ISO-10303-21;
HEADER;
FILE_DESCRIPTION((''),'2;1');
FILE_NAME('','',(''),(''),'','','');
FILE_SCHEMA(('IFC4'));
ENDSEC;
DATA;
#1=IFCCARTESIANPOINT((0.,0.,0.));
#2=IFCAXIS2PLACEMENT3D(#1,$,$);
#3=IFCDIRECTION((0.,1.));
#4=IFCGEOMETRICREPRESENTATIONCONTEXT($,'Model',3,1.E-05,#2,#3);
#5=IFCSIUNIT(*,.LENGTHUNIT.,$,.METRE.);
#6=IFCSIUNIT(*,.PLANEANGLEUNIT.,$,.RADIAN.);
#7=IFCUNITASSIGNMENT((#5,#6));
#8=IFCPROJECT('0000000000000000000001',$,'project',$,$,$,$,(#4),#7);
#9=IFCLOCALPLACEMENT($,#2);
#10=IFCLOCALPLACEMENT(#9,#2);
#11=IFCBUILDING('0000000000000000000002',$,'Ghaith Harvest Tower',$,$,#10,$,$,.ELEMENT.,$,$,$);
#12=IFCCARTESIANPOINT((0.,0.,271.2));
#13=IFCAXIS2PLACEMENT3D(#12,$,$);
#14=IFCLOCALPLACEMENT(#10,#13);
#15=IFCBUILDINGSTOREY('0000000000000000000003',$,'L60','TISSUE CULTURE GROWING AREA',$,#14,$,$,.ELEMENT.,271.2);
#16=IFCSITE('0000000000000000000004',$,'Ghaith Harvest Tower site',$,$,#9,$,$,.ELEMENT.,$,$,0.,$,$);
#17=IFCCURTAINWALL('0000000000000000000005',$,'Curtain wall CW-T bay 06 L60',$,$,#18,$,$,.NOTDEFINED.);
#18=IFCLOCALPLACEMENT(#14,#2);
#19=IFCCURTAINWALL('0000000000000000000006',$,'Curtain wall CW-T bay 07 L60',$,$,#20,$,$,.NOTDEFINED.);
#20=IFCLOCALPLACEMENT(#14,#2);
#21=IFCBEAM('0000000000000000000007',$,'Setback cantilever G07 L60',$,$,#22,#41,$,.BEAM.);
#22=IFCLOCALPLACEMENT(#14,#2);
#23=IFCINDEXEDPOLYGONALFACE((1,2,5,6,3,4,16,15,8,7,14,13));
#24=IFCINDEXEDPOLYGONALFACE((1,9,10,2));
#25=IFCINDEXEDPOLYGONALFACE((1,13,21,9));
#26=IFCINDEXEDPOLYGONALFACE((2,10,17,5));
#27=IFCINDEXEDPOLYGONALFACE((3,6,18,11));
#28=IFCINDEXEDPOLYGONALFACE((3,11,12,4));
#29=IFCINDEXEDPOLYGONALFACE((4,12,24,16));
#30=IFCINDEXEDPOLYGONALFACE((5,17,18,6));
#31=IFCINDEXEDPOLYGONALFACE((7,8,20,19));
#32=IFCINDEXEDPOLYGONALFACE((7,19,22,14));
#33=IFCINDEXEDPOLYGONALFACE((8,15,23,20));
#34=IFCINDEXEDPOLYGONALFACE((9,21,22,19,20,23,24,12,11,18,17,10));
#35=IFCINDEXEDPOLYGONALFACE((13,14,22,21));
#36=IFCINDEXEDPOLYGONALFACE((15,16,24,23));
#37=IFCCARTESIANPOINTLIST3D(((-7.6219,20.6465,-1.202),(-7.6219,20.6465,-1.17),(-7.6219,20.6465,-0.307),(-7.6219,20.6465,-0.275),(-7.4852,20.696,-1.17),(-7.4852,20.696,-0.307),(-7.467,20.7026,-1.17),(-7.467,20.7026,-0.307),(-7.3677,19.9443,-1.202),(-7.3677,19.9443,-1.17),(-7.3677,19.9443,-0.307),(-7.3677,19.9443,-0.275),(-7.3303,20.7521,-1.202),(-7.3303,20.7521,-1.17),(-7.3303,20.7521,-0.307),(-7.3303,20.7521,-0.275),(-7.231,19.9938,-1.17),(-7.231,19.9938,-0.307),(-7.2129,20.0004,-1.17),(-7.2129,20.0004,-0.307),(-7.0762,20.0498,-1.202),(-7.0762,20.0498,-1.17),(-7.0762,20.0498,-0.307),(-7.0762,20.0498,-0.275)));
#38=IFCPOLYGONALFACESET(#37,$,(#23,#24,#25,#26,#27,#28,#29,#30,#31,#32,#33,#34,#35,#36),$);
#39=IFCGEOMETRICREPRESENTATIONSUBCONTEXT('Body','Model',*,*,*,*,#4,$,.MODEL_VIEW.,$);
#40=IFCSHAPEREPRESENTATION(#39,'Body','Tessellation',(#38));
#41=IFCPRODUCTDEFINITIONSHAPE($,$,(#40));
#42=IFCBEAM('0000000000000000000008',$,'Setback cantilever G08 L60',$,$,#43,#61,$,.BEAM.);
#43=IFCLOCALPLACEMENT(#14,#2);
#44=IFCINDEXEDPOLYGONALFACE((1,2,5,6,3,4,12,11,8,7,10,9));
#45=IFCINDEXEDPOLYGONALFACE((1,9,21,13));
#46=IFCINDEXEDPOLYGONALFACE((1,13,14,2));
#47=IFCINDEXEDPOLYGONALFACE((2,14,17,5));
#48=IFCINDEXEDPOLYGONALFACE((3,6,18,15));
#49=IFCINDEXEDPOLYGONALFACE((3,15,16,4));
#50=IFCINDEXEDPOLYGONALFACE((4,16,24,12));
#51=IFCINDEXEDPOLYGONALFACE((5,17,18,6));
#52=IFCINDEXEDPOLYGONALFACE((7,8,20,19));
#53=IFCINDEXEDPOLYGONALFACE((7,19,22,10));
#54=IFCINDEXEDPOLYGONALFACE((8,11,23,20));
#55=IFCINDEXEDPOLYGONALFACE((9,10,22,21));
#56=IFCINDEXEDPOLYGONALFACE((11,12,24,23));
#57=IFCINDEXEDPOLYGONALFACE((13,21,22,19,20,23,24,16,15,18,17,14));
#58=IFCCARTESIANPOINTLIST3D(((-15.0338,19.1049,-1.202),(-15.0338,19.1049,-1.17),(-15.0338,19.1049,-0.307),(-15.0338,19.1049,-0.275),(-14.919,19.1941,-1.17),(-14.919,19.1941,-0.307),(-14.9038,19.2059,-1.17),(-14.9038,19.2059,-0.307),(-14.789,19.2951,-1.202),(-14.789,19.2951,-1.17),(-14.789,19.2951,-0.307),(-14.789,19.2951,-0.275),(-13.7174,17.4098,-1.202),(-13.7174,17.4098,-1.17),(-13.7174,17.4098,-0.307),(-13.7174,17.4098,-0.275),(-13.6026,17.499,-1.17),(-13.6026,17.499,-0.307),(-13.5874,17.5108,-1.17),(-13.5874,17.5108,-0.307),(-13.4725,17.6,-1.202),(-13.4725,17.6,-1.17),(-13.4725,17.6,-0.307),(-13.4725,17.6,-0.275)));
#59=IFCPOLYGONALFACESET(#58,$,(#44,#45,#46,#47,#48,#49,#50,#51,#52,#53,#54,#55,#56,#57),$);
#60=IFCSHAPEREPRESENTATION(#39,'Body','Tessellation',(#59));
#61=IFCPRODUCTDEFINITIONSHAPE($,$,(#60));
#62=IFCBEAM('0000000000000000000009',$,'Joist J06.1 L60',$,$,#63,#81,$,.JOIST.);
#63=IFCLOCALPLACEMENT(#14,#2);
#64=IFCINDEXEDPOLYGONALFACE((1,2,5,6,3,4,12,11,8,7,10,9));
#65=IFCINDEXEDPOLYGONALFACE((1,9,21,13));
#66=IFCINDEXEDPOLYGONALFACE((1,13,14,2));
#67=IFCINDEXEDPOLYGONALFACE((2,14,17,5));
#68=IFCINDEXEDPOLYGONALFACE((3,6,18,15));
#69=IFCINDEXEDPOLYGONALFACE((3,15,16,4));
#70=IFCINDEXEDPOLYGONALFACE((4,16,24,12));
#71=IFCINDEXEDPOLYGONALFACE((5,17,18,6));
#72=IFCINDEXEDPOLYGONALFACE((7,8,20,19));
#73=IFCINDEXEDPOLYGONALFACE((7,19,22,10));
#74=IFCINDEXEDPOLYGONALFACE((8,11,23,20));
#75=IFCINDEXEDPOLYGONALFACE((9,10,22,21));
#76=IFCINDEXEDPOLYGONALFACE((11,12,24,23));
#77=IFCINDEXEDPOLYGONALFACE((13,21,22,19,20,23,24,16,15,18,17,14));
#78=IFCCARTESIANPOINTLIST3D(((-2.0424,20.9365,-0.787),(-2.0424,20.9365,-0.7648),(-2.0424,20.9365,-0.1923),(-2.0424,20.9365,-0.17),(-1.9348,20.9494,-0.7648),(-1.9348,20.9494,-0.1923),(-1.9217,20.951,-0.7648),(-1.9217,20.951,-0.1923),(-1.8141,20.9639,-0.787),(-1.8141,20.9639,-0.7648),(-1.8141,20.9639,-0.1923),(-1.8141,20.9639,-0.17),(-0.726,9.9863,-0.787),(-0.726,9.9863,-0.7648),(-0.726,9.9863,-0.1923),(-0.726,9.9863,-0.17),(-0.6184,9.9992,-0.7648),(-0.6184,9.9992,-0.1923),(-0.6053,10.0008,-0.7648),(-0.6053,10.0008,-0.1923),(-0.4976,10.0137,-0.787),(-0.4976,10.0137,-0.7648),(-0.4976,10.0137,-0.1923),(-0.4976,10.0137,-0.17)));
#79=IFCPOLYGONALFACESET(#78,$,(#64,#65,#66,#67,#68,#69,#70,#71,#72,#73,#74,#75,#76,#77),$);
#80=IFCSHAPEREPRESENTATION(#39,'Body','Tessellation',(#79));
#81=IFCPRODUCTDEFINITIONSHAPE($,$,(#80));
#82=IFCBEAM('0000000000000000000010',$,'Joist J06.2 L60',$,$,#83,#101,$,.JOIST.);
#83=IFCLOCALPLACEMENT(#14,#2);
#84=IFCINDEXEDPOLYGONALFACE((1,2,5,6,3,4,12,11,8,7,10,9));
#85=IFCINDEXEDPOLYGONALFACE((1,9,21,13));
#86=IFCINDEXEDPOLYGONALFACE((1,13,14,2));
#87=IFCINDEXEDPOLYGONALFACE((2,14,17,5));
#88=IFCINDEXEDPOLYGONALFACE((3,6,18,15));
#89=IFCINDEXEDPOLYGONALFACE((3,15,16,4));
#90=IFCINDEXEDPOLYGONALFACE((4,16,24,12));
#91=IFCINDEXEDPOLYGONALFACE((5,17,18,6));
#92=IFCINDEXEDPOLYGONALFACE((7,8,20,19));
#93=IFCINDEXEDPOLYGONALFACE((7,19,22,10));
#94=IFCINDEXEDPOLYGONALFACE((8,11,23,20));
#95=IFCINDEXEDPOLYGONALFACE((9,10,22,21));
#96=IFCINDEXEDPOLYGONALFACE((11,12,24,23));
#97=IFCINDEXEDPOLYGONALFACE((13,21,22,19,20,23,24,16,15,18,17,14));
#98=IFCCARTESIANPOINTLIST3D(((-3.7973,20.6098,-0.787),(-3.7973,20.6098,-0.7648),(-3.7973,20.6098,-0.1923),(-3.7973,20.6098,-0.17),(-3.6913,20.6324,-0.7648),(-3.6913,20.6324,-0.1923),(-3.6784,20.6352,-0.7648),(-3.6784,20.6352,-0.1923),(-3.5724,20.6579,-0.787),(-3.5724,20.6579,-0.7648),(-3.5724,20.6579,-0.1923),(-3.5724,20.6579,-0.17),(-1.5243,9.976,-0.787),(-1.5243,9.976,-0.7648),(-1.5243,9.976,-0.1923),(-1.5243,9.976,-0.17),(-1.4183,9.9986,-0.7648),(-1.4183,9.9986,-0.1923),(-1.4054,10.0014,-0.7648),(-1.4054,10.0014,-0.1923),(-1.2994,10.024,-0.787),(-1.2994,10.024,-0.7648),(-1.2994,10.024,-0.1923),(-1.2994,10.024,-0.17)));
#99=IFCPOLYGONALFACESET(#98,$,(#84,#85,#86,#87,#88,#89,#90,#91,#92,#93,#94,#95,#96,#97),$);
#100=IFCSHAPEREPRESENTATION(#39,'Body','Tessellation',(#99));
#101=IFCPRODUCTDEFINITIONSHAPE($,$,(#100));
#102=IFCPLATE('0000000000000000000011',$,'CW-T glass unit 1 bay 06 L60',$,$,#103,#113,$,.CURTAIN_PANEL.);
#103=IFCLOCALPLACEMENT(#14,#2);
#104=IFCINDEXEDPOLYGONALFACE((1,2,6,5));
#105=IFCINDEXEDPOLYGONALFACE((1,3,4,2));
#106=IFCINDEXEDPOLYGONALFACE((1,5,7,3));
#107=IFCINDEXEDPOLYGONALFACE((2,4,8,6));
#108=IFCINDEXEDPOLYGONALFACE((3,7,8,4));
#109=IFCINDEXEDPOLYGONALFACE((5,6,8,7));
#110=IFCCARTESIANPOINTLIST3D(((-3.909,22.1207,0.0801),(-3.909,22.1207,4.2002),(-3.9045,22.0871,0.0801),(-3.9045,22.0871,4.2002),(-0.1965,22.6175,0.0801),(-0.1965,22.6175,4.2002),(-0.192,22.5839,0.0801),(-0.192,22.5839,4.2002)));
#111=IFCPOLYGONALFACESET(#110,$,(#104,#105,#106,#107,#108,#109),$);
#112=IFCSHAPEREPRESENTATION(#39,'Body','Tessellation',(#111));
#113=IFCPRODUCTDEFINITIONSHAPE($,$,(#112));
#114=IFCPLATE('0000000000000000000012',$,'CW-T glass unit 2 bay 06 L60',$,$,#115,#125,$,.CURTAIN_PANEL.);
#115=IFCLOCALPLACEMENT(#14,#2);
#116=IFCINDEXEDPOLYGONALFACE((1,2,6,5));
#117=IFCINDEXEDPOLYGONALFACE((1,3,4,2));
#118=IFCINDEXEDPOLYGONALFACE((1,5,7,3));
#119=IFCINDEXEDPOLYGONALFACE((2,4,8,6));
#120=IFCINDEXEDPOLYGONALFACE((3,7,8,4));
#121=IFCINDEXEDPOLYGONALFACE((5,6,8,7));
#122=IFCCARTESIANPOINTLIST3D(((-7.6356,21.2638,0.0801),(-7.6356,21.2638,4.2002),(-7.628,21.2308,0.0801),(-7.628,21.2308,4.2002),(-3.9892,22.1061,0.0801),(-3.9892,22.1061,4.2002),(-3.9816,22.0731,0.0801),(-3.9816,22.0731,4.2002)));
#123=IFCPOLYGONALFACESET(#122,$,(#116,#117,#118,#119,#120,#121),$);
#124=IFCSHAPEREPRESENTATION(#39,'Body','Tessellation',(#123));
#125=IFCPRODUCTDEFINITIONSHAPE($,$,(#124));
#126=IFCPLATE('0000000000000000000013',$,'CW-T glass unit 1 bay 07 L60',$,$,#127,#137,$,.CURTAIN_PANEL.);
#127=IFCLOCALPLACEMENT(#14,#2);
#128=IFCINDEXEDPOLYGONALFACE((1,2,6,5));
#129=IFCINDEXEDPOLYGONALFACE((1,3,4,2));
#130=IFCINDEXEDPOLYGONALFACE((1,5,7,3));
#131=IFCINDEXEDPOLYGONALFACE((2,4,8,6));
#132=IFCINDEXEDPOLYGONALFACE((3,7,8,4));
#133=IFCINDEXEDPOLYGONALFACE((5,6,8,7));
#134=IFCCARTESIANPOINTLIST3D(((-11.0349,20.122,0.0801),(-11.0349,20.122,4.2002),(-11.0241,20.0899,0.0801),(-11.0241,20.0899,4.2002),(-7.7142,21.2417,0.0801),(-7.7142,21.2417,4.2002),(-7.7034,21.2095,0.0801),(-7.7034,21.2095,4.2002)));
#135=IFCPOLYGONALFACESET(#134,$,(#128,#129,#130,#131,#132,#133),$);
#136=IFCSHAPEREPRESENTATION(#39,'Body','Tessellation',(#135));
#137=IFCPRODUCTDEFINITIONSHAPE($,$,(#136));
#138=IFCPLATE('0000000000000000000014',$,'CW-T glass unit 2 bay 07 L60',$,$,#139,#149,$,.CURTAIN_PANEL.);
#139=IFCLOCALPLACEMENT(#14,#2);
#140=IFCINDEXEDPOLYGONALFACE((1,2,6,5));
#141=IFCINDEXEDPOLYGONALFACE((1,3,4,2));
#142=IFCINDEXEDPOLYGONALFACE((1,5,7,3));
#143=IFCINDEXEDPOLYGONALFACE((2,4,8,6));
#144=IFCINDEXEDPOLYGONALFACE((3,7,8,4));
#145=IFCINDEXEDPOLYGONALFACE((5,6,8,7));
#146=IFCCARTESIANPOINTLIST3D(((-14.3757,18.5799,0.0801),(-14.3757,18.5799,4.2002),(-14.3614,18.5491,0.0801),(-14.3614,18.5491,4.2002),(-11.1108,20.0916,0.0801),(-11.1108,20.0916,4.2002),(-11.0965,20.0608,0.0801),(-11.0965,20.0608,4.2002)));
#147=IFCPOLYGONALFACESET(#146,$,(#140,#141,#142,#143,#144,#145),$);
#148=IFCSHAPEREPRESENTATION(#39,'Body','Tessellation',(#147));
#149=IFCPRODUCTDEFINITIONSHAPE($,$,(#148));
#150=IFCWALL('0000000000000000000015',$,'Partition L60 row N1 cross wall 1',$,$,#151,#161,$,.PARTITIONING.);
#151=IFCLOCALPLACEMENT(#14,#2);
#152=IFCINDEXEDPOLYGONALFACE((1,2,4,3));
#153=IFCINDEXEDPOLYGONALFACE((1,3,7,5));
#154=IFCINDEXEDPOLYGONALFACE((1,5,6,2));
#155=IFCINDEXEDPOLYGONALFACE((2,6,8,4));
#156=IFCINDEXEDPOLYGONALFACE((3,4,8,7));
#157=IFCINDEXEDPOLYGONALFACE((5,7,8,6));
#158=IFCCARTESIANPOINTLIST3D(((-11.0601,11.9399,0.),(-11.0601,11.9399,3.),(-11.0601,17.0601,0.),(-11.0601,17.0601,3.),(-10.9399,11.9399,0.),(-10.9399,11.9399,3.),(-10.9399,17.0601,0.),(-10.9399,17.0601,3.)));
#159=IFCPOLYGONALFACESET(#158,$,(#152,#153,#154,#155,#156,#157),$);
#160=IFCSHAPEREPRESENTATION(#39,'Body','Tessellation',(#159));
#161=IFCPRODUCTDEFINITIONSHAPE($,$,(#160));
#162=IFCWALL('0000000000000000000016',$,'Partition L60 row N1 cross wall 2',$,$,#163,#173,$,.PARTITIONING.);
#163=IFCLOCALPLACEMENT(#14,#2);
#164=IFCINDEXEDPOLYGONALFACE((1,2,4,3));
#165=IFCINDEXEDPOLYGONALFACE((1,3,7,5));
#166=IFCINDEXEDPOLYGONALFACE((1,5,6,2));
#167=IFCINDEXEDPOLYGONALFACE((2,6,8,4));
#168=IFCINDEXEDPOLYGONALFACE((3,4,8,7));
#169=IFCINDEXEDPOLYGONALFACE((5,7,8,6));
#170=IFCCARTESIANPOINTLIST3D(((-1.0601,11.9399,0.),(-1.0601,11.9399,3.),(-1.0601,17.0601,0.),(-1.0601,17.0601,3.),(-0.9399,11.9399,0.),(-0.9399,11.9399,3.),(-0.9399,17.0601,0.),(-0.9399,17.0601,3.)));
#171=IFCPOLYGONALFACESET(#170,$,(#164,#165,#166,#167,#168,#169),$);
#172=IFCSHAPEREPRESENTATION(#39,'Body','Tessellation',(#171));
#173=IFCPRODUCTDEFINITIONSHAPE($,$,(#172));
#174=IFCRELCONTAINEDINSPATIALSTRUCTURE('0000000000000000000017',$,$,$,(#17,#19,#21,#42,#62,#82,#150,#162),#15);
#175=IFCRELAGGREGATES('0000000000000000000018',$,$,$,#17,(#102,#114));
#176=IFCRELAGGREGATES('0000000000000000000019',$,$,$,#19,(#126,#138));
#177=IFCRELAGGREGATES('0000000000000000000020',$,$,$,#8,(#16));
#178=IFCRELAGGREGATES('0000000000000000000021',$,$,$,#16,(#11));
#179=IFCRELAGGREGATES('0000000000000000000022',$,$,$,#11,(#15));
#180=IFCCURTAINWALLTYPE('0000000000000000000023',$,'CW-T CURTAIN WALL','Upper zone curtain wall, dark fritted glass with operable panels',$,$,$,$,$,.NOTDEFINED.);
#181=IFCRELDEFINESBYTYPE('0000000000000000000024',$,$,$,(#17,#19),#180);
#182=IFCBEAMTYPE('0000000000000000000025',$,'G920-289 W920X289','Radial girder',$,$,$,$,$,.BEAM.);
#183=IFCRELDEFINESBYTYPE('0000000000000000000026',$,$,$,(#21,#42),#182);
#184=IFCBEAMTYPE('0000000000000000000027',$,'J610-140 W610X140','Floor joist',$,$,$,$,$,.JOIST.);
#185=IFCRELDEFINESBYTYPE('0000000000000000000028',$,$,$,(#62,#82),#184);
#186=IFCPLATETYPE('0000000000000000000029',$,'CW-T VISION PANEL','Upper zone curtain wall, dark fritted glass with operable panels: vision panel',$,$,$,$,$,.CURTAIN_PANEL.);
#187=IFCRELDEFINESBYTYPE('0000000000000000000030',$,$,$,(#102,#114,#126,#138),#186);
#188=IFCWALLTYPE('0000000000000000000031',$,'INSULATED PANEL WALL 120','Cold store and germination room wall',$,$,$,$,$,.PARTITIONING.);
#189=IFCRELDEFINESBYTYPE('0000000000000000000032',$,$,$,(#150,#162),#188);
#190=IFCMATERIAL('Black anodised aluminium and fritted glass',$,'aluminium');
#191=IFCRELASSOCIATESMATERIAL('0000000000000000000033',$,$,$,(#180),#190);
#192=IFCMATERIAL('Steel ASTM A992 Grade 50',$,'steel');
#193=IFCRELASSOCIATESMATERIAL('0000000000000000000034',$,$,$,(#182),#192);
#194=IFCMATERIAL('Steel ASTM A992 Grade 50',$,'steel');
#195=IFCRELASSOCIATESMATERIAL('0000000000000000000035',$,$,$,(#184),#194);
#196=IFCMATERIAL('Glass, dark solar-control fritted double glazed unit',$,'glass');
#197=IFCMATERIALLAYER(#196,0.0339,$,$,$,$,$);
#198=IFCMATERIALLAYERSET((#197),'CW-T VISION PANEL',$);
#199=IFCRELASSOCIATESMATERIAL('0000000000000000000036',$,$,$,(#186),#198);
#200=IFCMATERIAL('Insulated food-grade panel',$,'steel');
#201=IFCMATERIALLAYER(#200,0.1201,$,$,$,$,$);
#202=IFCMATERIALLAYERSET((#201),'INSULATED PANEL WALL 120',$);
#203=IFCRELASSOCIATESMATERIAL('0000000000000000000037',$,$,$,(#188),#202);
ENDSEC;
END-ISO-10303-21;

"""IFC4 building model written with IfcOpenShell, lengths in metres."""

from ifc_helpers import new_model, si_unit, direction, frame, frame_2d, origin, origin_2d, place, context, subcontext, project, spatial, rectangle, i_section, extrude, material, layer, layer_set, material_profile, profile_set, type_object, element, aggregate, save


model = new_model("IFC4")

# Units and contexts
model_context = context("Model", 3, precision=1e-05, world=origin(), true_north=direction((0.0, 1.0)))
body_context = subcontext(model_context, "Body", "Model", "MODEL_VIEW")
ifc_project = project(units=[si_unit("LENGTHUNIT", "METRE"), si_unit("PLANEANGLEUNIT", "RADIAN")], contexts=[model_context])

# Site, building, storey
site_placement = place(None, origin())
site = spatial("IfcSite", under=ifc_project, at=site_placement, Name="Ghaith Harvest Tower site", CompositionType="ELEMENT", RefElevation=0.0)
building_placement = place(site_placement, origin())
building = spatial("IfcBuilding", under=site, at=building_placement, Name="Ghaith Harvest Tower", CompositionType="ELEMENT")
storey_placement = place(building_placement, frame((0.0, 0.0, 271.2)))
storey = spatial("IfcBuildingStorey", under=building, at=storey_placement, Name="L60", Description="TISSUE CULTURE GROWING AREA", CompositionType="ELEMENT", Elevation=271.2)

# Curtain walls
ifc_material_1 = material(Name="Black anodised aluminium and fritted glass", Category="aluminium")
curtain_wall_type = type_object("IfcCurtainWallType", Name="CW-T CURTAIN WALL", Description="Upper zone curtain wall, dark fritted glass with operable panels", PredefinedType="NOTDEFINED", material=ifc_material_1)
curtain_wall_1_placement = place(storey_placement, origin())
curtain_wall_1 = element("IfcCurtainWall", 1, at=curtain_wall_1_placement, inside=storey, type_object=curtain_wall_type, Name="Curtain wall CW-T bay 06 L60", PredefinedType="NOTDEFINED")
curtain_wall_2_placement = place(storey_placement, origin())
curtain_wall_2 = element("IfcCurtainWall", 2, at=curtain_wall_2_placement, inside=storey, type_object=curtain_wall_type, Name="Curtain wall CW-T bay 07 L60", PredefinedType="NOTDEFINED")

# Beams
ifc_material_2 = material(Name="Steel ASTM A992 Grade 50", Category="steel")
ifc_material_profile_1 = material_profile(ifc_material_2, i_section(OverallWidth=0.3101, OverallDepth=0.927, WebThickness=0.0193, FlangeThickness=0.032, at=origin_2d()), Name="W920X289")
ifc_profile_set_1 = profile_set([ifc_material_profile_1], Name="Steel ASTM A992 Grade 50")
beam_type_1 = type_object("IfcBeamType", Name="G920-289 W920X289", Description="Radial girder", PredefinedType="BEAM", material=ifc_profile_set_1)
beam_1_placement = place(storey_placement, frame((-7.2219, 19.9971, -0.7385), z_axis=(-0.340351, 0.940298, 0.0), x_axis=(-0.940298, -0.340351, 0.0)))
element("IfcBeam", 3, at=beam_1_placement, inside=storey, type_object=beam_type_1, Name="Setback cantilever G07 L60", PredefinedType="BEAM", context=body_context, shape_type="SweptSolid", body=[
    extrude(i_section(OverallWidth=0.3101, OverallDepth=0.927, WebThickness=0.0193, FlangeThickness=0.032, at=origin_2d()), origin(), (0.0, 0.0, 1.0), 0.7468),
])
beam_2_placement = place(storey_placement, frame((-13.595, 17.5049, -0.7385), z_axis=(-0.613366, 0.789799, 0.0), x_axis=(-0.789799, -0.613366, 0.0)))
element("IfcBeam", 4, at=beam_2_placement, inside=storey, type_object=beam_type_1, Name="Setback cantilever G08 L60", PredefinedType="BEAM", context=body_context, shape_type="SweptSolid", body=[
    extrude(i_section(OverallWidth=0.3101, OverallDepth=0.927, WebThickness=0.0193, FlangeThickness=0.032, at=origin_2d()), origin(), (0.0, 0.0, 1.0), 2.1462),
])
ifc_material_3 = material(Name="Steel ASTM A992 Grade 50", Category="steel")
ifc_material_profile_2 = material_profile(ifc_material_3, i_section(OverallWidth=0.23, OverallDepth=0.6169, WebThickness=0.0132, FlangeThickness=0.0222, at=origin_2d()), Name="W610X140")
ifc_profile_set_2 = profile_set([ifc_material_profile_2], Name="Steel ASTM A992 Grade 50")
beam_type_2 = type_object("IfcBeamType", Name="J610-140 W610X140", Description="Floor joist", PredefinedType="JOIST", material=ifc_profile_set_2)
beam_3_placement = place(storey_placement, frame((-0.6118, 10.0, -0.4785), z_axis=(-0.119358, 0.992851, 0.0), x_axis=(-0.992851, -0.119358, 0.0)))
element("IfcBeam", 5, at=beam_3_placement, inside=storey, type_object=beam_type_2, Name="Joist J06.1 L60", PredefinedType="JOIST", context=body_context, shape_type="SweptSolid", body=[
    extrude(i_section(OverallWidth=0.23, OverallDepth=0.6169, WebThickness=0.0132, FlangeThickness=0.0222, at=origin_2d()), origin(), (0.0, 0.0, 1.0), 11.0291),
])
beam_4_placement = place(storey_placement, frame((-1.4119, 10.0, -0.4785), z_axis=(-0.209026, 0.97791, 0.0), x_axis=(-0.97791, -0.209026, 0.0)))
element("IfcBeam", 6, at=beam_4_placement, inside=storey, type_object=beam_type_2, Name="Joist J06.2 L60", PredefinedType="JOIST", context=body_context, shape_type="SweptSolid", body=[
    extrude(i_section(OverallWidth=0.23, OverallDepth=0.6169, WebThickness=0.0132, FlangeThickness=0.0222, at=origin_2d()), origin(), (0.0, 0.0, 1.0), 10.874),
])

# Plates
ifc_material_4 = material(Name="Glass, dark solar-control fritted double glazed unit", Category="glass")
ifc_layer_1 = layer(ifc_material_4, 0.0339)
ifc_layer_set_1 = layer_set([ifc_layer_1], Name="CW-T VISION PANEL")
plate_type = type_object("IfcPlateType", Name="CW-T VISION PANEL", Description="Upper zone curtain wall, dark fritted glass with operable panels: vision panel", PredefinedType="CURTAIN_PANEL", material=ifc_layer_set_1)
plate_1_placement = place(storey_placement, frame((-2.0505, 22.3523, 0.0801), z_axis=(0.0, 0.0, 1.0), x_axis=(-0.991165, -0.132633, 0.0)))
plate_1 = element("IfcPlate", 7, at=plate_1_placement, type_object=plate_type, Name="CW-T glass unit 1 bay 06 L60", PredefinedType="CURTAIN_PANEL", context=body_context, shape_type="SweptSolid", body=[
    extrude(rectangle(XDim=3.7456, YDim=0.0339, at=origin_2d()), origin(), (0.0, 0.0, 1.0), 4.1201),
])
plate_2_placement = place(storey_placement, frame((-5.8086, 21.6685, 0.0801), z_axis=(0.0, 0.0, 1.0), x_axis=(-0.974342, -0.225072, 0.0)))
plate_2 = element("IfcPlate", 8, at=plate_2_placement, type_object=plate_type, Name="CW-T glass unit 2 bay 06 L60", PredefinedType="CURTAIN_PANEL", context=body_context, shape_type="SweptSolid", body=[
    extrude(rectangle(XDim=3.7424, YDim=0.0339, at=origin_2d()), origin(), (0.0, 0.0, 1.0), 4.1201),
])
aggregate(curtain_wall_1, [plate_1, plate_2])
plate_3_placement = place(storey_placement, frame((-9.3691, 20.6658, 0.0801), z_axis=(0.0, 0.0, 1.0), x_axis=(-0.947586, -0.3195, 0.0)))
plate_3 = element("IfcPlate", 9, at=plate_3_placement, type_object=plate_type, Name="CW-T glass unit 1 bay 07 L60", PredefinedType="CURTAIN_PANEL", context=body_context, shape_type="SweptSolid", body=[
    extrude(rectangle(XDim=3.5044, YDim=0.0339, at=origin_2d()), origin(), (0.0, 0.0, 1.0), 4.1201),
])
plate_4_placement = place(storey_placement, frame((-12.7361, 19.3203, 0.0801), z_axis=(0.0, 0.0, 1.0), x_axis=(-0.90745, -0.42016, 0.0)))
plate_4 = element("IfcPlate", 10, at=plate_4_placement, type_object=plate_type, Name="CW-T glass unit 2 bay 07 L60", PredefinedType="CURTAIN_PANEL", context=body_context, shape_type="SweptSolid", body=[
    extrude(rectangle(XDim=3.5979, YDim=0.0339, at=origin_2d()), origin(), (0.0, 0.0, 1.0), 4.1201),
])
aggregate(curtain_wall_2, [plate_3, plate_4])

# Walls
ifc_material_5 = material(Name="Insulated food-grade panel", Category="steel")
ifc_layer_2 = layer(ifc_material_5, 0.1201)
ifc_layer_set_2 = layer_set([ifc_layer_2], Name="INSULATED PANEL WALL 120")
wall_type_1 = type_object("IfcWallType", Name="INSULATED PANEL WALL 120", Description="Cold store and germination room wall", PredefinedType="PARTITIONING", material=ifc_layer_set_2)
for number, where, z_axis, x_axis, name in (
    (11, (-11.0, 11.9399, 0.0), (0.0, 0.0, 1.0), (0.0, 1.0, 0.0), "Partition L60 row N1 cross wall 1"),
    (12, (-1.0, 11.9399, 0.0), (0.0, 0.0, 1.0), (0.0, 1.0, 0.0), "Partition L60 row N1 cross wall 2"),
):
    element("IfcWall", number, at=place(storey_placement, frame(where, z_axis=z_axis, x_axis=x_axis)), inside=storey, type_object=wall_type_1, Name=name, PredefinedType="PARTITIONING", context=body_context, shape_type="SweptSolid", body=[
        extrude(rectangle(XDim=5.1201, YDim=0.1201, at=frame_2d((2.5601, 0.0))), origin(), (0.0, 0.0, 1.0), 3.0),
    ])

save(model, "model.ifc")
